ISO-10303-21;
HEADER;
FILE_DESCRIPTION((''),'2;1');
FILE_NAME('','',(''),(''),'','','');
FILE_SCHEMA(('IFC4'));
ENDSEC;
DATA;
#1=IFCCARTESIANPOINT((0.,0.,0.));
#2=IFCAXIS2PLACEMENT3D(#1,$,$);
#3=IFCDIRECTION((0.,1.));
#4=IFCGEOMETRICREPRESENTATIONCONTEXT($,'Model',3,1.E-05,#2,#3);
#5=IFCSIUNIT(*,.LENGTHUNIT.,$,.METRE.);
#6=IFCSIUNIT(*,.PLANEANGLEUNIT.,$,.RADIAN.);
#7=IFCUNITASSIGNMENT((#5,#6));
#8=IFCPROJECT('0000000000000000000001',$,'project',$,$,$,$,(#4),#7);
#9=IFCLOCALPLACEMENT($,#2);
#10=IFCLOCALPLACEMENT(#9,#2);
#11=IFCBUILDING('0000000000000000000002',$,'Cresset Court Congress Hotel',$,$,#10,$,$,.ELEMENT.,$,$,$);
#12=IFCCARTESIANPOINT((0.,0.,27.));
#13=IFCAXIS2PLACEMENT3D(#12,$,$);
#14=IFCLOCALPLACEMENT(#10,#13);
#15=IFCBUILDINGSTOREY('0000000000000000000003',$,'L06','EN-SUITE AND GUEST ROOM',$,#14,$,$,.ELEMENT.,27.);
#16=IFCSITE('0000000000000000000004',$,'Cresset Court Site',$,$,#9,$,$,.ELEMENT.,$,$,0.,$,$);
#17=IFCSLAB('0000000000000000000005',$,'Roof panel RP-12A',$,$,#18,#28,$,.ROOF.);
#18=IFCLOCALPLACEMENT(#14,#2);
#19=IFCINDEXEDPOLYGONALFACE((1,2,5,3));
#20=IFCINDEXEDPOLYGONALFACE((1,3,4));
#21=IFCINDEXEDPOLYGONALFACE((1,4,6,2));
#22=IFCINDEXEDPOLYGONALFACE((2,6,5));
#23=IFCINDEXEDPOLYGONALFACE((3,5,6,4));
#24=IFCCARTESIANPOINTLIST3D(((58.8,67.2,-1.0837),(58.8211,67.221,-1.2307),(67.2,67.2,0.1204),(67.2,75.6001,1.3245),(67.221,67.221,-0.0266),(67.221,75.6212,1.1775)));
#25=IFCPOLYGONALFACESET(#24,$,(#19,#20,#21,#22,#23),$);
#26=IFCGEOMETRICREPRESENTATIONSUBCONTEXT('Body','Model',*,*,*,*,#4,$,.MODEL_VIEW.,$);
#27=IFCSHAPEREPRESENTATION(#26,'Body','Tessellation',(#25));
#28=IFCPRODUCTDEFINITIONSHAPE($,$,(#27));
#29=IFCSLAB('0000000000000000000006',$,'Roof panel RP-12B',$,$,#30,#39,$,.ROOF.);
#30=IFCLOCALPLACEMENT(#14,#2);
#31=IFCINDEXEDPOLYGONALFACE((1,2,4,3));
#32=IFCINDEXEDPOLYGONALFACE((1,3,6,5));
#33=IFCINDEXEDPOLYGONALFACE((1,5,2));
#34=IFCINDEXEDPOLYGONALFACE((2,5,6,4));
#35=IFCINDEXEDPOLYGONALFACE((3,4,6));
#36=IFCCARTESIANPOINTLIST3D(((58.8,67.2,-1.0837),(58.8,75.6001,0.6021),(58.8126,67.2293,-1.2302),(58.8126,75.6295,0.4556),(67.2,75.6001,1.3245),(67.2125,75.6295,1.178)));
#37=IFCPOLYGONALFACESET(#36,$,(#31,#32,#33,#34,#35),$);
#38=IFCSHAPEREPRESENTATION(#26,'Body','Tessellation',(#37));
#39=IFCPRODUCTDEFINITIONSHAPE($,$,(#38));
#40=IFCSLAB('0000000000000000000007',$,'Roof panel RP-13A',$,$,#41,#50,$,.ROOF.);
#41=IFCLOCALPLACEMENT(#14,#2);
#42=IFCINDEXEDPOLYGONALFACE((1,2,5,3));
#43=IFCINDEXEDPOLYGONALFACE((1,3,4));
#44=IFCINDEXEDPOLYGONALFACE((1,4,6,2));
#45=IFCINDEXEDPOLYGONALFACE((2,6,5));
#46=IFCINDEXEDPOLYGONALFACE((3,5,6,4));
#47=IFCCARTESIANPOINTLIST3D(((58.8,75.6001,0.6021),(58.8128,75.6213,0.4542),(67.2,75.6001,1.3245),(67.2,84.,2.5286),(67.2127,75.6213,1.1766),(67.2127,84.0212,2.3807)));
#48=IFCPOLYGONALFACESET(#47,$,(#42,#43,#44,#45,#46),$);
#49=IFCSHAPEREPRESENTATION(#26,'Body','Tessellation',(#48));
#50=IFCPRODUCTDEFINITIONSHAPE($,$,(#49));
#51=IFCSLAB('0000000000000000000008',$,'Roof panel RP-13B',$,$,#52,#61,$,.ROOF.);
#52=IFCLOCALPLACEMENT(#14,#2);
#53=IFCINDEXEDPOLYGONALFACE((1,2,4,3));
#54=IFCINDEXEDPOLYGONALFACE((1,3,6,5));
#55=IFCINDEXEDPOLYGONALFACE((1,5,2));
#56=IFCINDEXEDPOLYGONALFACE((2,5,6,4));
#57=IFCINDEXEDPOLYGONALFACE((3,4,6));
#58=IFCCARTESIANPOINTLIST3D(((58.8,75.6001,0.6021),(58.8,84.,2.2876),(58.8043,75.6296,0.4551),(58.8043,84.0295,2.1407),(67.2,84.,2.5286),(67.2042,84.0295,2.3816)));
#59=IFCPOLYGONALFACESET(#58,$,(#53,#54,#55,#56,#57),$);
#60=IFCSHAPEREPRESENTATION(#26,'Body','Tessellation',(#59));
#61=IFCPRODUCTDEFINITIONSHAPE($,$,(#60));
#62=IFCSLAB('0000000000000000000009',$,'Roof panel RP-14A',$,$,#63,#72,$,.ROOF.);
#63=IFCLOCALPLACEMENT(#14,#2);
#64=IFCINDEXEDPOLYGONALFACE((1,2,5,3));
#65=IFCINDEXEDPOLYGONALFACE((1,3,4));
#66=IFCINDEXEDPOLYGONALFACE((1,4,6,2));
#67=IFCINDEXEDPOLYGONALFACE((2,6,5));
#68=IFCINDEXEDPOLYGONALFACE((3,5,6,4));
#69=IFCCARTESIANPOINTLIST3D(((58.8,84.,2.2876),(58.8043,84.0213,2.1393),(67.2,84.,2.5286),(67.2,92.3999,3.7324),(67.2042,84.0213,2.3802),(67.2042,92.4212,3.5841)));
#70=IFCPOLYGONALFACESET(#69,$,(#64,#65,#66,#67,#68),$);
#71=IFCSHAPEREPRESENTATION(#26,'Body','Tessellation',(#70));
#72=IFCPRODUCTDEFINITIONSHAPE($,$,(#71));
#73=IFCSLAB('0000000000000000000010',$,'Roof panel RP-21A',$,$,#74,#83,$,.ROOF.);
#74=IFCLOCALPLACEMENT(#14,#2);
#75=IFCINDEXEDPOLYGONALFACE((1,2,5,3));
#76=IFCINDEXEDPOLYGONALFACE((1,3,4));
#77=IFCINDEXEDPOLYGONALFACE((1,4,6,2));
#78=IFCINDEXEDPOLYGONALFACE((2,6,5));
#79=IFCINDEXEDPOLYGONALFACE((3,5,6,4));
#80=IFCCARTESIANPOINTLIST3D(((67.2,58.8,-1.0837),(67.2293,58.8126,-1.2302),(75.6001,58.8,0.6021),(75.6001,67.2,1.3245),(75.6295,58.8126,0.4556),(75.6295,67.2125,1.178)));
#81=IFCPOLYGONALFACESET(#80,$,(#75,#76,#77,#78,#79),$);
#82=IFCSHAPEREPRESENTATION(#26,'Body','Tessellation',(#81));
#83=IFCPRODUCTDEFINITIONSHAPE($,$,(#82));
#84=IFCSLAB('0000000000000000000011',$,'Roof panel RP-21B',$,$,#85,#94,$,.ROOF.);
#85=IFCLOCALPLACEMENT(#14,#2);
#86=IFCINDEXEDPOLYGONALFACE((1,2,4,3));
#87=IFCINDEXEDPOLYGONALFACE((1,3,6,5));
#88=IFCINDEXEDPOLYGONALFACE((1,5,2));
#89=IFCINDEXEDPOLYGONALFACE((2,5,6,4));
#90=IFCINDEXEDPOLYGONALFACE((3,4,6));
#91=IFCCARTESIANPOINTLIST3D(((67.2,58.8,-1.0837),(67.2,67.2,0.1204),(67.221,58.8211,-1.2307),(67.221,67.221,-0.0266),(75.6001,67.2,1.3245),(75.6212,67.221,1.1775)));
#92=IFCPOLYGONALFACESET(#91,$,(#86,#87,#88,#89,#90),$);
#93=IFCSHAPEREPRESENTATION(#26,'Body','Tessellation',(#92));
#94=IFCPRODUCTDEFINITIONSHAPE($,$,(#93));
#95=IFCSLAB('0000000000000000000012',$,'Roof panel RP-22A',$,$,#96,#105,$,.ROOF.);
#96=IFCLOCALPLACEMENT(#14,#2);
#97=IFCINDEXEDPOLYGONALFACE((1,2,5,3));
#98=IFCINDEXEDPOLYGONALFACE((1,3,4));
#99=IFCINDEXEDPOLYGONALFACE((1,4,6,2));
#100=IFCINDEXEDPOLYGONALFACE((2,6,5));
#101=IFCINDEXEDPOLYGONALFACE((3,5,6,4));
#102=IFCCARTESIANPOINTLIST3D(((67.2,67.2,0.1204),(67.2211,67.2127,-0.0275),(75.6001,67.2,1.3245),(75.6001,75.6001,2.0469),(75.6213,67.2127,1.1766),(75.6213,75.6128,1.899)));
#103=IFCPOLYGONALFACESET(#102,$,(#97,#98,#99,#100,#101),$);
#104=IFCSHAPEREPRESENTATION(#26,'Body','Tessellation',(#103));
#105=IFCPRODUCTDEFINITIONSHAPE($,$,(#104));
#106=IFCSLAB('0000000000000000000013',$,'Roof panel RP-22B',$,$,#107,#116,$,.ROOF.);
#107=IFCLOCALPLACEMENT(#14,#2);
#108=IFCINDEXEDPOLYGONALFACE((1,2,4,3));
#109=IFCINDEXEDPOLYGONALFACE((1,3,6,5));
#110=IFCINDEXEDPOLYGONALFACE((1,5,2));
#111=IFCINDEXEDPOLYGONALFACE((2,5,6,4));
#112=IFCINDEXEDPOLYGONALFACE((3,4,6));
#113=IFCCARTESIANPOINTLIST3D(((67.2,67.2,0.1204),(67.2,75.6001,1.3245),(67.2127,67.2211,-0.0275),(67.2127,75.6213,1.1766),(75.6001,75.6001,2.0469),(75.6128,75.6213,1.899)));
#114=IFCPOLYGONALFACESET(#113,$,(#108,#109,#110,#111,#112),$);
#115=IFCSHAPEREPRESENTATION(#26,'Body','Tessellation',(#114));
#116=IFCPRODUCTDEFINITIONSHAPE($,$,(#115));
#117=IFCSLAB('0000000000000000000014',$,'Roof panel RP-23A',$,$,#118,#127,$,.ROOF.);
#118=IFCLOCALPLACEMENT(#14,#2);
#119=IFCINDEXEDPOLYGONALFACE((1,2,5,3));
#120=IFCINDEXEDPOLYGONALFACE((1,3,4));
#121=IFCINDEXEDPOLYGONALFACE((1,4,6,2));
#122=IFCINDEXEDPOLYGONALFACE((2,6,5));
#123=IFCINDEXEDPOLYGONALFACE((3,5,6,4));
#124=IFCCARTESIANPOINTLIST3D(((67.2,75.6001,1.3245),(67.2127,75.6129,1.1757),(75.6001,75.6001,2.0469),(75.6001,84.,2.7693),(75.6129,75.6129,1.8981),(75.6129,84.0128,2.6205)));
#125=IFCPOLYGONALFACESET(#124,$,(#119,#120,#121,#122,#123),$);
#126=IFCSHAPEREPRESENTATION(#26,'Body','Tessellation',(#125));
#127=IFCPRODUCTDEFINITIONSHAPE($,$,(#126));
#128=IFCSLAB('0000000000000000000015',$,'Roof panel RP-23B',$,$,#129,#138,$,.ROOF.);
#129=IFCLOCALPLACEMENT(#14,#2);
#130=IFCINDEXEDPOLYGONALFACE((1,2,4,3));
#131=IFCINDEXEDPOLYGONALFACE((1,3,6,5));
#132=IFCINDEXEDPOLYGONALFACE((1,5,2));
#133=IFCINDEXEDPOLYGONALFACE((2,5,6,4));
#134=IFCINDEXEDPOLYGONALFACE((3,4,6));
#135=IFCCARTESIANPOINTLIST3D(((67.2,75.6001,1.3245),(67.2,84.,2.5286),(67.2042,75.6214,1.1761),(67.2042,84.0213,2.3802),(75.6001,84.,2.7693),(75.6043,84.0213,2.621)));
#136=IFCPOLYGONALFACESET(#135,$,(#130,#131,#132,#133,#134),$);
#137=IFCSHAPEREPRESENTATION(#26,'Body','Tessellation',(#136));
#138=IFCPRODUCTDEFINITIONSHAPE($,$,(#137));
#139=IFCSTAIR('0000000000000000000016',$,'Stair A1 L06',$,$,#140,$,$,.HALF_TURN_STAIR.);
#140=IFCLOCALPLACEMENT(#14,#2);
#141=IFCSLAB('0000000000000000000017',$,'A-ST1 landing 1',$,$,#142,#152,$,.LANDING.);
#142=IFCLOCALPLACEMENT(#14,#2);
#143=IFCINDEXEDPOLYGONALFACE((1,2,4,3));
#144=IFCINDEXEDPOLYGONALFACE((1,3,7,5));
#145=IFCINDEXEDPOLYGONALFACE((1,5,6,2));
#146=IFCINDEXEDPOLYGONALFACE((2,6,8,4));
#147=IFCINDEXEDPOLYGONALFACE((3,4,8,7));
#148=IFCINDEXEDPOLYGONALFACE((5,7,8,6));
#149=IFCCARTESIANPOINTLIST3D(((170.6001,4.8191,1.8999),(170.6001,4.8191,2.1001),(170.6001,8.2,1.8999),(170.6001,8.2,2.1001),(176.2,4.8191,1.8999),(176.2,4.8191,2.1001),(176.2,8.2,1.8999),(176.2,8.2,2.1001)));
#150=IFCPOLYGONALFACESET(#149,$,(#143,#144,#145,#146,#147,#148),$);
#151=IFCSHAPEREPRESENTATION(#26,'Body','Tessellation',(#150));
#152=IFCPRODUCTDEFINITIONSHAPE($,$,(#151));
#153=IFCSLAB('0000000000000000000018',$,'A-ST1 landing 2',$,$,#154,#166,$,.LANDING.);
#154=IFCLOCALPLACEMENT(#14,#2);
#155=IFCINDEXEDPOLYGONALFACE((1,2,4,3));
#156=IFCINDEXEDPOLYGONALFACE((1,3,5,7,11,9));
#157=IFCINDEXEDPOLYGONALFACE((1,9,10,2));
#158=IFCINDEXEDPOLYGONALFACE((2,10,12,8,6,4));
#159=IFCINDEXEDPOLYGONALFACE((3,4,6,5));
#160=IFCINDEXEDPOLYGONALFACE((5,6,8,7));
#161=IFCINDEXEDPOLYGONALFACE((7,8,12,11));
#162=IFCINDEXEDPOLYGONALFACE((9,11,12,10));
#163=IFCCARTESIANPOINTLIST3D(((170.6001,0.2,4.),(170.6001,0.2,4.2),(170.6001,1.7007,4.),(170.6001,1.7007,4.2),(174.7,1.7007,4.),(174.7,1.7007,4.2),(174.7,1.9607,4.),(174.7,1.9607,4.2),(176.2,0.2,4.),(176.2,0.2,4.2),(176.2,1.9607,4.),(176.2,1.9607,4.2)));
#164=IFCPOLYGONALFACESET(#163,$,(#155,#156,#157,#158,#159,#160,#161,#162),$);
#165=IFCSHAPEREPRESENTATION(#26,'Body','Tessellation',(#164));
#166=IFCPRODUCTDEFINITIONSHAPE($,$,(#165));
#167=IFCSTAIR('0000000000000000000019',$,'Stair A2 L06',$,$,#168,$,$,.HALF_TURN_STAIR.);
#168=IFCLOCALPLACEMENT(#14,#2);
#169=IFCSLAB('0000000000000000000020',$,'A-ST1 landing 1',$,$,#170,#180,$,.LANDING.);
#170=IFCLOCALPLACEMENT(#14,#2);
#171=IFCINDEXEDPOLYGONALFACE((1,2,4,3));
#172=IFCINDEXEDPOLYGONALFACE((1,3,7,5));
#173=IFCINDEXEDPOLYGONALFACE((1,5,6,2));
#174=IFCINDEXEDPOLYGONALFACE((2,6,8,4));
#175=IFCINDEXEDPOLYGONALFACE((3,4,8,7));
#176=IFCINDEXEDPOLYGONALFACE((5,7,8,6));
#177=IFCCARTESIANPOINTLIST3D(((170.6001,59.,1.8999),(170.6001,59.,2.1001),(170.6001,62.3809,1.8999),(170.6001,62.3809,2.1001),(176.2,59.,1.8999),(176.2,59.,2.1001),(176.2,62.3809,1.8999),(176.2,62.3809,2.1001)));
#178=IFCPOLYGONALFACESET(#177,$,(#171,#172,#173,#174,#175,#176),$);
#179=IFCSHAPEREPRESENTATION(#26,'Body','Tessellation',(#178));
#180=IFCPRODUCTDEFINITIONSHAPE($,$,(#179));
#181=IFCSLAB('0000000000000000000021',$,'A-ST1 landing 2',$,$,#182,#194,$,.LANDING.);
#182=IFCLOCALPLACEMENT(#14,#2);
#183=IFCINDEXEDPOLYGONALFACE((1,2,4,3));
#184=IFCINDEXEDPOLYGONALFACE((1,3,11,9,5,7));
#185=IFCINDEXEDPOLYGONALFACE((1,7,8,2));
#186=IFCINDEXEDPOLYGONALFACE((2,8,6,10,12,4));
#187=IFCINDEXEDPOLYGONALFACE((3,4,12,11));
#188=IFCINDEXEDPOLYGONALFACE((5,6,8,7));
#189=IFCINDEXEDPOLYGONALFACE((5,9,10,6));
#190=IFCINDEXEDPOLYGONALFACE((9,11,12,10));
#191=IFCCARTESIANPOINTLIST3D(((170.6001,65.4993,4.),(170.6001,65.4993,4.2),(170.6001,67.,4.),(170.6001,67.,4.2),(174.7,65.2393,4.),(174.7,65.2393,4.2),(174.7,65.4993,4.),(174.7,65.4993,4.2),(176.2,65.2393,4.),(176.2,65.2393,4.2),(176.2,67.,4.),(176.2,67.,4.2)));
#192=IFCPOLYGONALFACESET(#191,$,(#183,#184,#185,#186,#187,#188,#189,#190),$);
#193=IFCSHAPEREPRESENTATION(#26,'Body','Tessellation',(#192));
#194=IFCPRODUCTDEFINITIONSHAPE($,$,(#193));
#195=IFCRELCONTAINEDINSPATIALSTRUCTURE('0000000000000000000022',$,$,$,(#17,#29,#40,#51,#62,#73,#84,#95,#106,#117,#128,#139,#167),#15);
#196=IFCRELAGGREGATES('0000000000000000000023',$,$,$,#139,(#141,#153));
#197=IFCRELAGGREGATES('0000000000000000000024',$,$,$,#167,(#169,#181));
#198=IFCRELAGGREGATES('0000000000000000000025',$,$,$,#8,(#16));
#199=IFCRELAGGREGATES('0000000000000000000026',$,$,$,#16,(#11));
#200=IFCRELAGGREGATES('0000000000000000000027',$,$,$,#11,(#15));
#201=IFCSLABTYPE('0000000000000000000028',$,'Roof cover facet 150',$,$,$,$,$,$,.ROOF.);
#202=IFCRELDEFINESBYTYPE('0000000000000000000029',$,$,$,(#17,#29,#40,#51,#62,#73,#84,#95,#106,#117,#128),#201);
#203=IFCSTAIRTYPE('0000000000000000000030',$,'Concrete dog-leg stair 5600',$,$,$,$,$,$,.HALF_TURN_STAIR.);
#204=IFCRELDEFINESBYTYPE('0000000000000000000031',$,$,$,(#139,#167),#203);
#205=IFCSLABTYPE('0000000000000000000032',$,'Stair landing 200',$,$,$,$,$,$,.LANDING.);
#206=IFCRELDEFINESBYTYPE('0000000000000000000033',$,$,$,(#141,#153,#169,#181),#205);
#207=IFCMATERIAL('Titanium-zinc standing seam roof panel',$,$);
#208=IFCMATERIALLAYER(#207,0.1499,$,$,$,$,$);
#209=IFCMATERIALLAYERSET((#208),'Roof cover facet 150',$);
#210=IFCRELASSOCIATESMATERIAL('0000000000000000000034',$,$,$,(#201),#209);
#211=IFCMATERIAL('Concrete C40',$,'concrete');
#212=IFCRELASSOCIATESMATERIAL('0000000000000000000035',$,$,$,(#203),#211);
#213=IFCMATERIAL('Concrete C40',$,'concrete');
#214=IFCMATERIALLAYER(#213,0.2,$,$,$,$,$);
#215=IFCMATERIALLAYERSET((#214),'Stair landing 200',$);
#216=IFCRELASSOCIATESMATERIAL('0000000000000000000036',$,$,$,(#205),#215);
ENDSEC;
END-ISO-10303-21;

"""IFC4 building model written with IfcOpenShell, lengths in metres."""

from ifc_helpers import new_model, si_unit, direction, frame, origin, place, context, subcontext, project, spatial, polyline, outline, extrude, material, layer, layer_set, type_object, element, aggregate, save


model = new_model("IFC4")

# Units and contexts
model_context = context("Model", 3, precision=1e-05, world=origin(), true_north=direction((0.0, 1.0)))
body_context = subcontext(model_context, "Body", "Model", "MODEL_VIEW")
ifc_project = project(units=[si_unit("LENGTHUNIT", "METRE"), si_unit("PLANEANGLEUNIT", "RADIAN")], contexts=[model_context])

# Site, building, storey
site_placement = place(None, origin())
site = spatial("IfcSite", under=ifc_project, at=site_placement, Name="Cresset Court Site", CompositionType="ELEMENT", RefElevation=0.0)
building_placement = place(site_placement, origin())
building = spatial("IfcBuilding", under=site, at=building_placement, Name="Cresset Court Congress Hotel", CompositionType="ELEMENT")
storey_placement = place(building_placement, frame((0.0, 0.0, 27.0)))
storey = spatial("IfcBuildingStorey", under=building, at=storey_placement, Name="L06", Description="EN-SUITE AND GUEST ROOM", CompositionType="ELEMENT", Elevation=27.0)

# Slabs
ifc_material_1 = material(Name="Titanium-zinc standing seam roof panel")
ifc_layer_1 = layer(ifc_material_1, 0.1499)
ifc_layer_set_1 = layer_set([ifc_layer_1], Name="Roof cover facet 150")
slab_type_1 = type_object("IfcSlabType", Name="Roof cover facet 150", PredefinedType="ROOF", material=ifc_layer_set_1)
slab_1_placement = place(storey_placement, frame((58.8, 67.2, -1.0837), z_axis=(-0.140489, -0.140485, 0.980065), x_axis=(0.989881, 0.0, 0.141897)))
element("IfcSlab", 1, at=slab_1_placement, inside=storey, type_object=slab_type_1, Name="Roof panel RP-12A", PredefinedType="ROOF", context=body_context, shape_type="SweptSolid", body=[
    extrude(outline(polyline([(0.0, 0.0), (8.4858, 0.0), (8.6566, 8.4843), (0.0, 0.0)])), origin(), (0.0, 0.0, -1.0), 0.1499),
])
slab_2_placement = place(storey_placement, frame((58.8, 67.2, -1.0837), z_axis=(-0.084023, -0.196067, 0.976984), x_axis=(0.693, 0.69302, 0.198679)))
element("IfcSlab", 2, at=slab_2_placement, inside=storey, type_object=slab_type_1, Name="Roof panel RP-12B", PredefinedType="ROOF", context=body_context, shape_type="SweptSolid", body=[
    extrude(outline(polyline([(0.0, 0.0), (12.1211, 0.0), (6.1564, 5.9584), (0.0, 0.0)])), origin(), (0.0, 0.0, -1.0), 0.1499),
])
slab_3_placement = place(storey_placement, frame((58.8, 75.6001, 0.6021), z_axis=(-0.084825, -0.141385, 0.986314), x_axis=(0.996322, 0.0, 0.085686)))
element("IfcSlab", 3, at=slab_3_placement, inside=storey, type_object=slab_type_1, Name="Roof panel RP-13A", PredefinedType="ROOF", context=body_context, shape_type="SweptSolid", body=[
    extrude(outline(polyline([(0.0, 0.0), (8.4309, 0.0), (8.5341, 8.4851), (0.0, 0.0)])), origin(), (0.0, 0.0, -1.0), 0.1499),
])
slab_4_placement = place(storey_placement, frame((58.8, 75.6001, 0.6021), z_axis=(-0.028115, -0.196663, 0.980068), x_axis=(0.697988, 0.697988, 0.160083)))
element("IfcSlab", 4, at=slab_4_placement, inside=storey, type_object=slab_type_1, Name="Roof panel RP-13B", PredefinedType="ROOF", context=body_context, shape_type="SweptSolid", body=[
    extrude(outline(polyline([(0.0, 0.0), (12.0345, 0.0), (6.1329, 5.9823), (0.0, 0.0)])), origin(), (0.0, 0.0, -1.0), 0.1499),
])
slab_5_placement = place(storey_placement, frame((58.8, 84.0, 2.2876), z_axis=(-0.028385, -0.141811, 0.989487), x_axis=(0.999589, 0.0, 0.028675)))
element("IfcSlab", 5, at=slab_5_placement, inside=storey, type_object=slab_type_1, Name="Roof panel RP-14A", PredefinedType="ROOF", context=body_context, shape_type="SweptSolid", body=[
    extrude(outline(polyline([(0.0, 0.0), (8.4034, 0.0), (8.4379, 8.4857), (0.0, 0.0)])), origin(), (0.0, 0.0, -1.0), 0.1499),
])
slab_6_placement = place(storey_placement, frame((67.2, 58.8, -1.0837), z_axis=(-0.196067, -0.084023, 0.976984), x_axis=(0.980451, 0.0, 0.196763)))
element("IfcSlab", 6, at=slab_6_placement, inside=storey, type_object=slab_type_1, Name="Roof panel RP-21A", PredefinedType="ROOF", context=body_context, shape_type="SweptSolid", body=[
    extrude(outline(polyline([(0.0, 0.0), (8.5676, 0.0), (8.7098, 8.4297), (0.0, 0.0)])), origin(), (0.0, 0.0, -1.0), 0.1499),
])
slab_7_placement = place(storey_placement, frame((67.2, 58.8, -1.0837), z_axis=(-0.140485, -0.140489, 0.980065), x_axis=(0.69302, 0.693, 0.198679)))
element("IfcSlab", 7, at=slab_7_placement, inside=storey, type_object=slab_type_1, Name="Roof panel RP-21B", PredefinedType="ROOF", context=body_context, shape_type="SweptSolid", body=[
    extrude(outline(polyline([(0.0, 0.0), (12.1211, 0.0), (6.0604, 5.9397), (0.0, 0.0)])), origin(), (0.0, 0.0, -1.0), 0.1499),
])
slab_8_placement = place(storey_placement, frame((67.2, 67.2, 0.1204), z_axis=(-0.141381, -0.084823, 0.986315), x_axis=(0.989882, 0.0, 0.141893)))
element("IfcSlab", 8, at=slab_8_placement, inside=storey, type_object=slab_type_1, Name="Roof panel RP-22A", PredefinedType="ROOF", context=body_context, shape_type="SweptSolid", body=[
    extrude(outline(polyline([(0.0, 0.0), (8.486, 0.0), (8.5885, 8.4305), (0.0, 0.0)])), origin(), (0.0, 0.0, -1.0), 0.1499),
])
slab_9_placement = place(storey_placement, frame((67.2, 67.2, 0.1204), z_axis=(-0.084823, -0.141381, 0.986315), x_axis=(0.697988, 0.697988, 0.160079)))
element("IfcSlab", 9, at=slab_9_placement, inside=storey, type_object=slab_type_1, Name="Roof panel RP-22B", PredefinedType="ROOF", context=body_context, shape_type="SweptSolid", body=[
    extrude(outline(polyline([(0.0, 0.0), (12.0348, 0.0), (6.056, 5.9446), (0.0, 0.0)])), origin(), (0.0, 0.0, -1.0), 0.1499),
])
slab_10_placement = place(storey_placement, frame((67.2, 75.6001, 1.3245), z_axis=(-0.085371, -0.085373, 0.992685), x_axis=(0.996322, 0.0, 0.085684)))
element("IfcSlab", 10, at=slab_10_placement, inside=storey, type_object=slab_type_1, Name="Roof panel RP-23A", PredefinedType="ROOF", context=body_context, shape_type="SweptSolid", body=[
    extrude(outline(polyline([(0.0, 0.0), (8.4312, 0.0), (8.4931, 8.4307), (0.0, 0.0)])), origin(), (0.0, 0.0, -1.0), 0.1499),
])
slab_11_placement = place(storey_placement, frame((67.2, 75.6001, 1.3245), z_axis=(-0.028356, -0.14184, 0.989483), x_axis=(0.701944, 0.701924, 0.120734)))
element("IfcSlab", 11, at=slab_11_placement, inside=storey, type_object=slab_type_1, Name="Roof panel RP-23B", PredefinedType="ROOF", context=body_context, shape_type="SweptSolid", body=[
    extrude(outline(polyline([(0.0, 0.0), (11.967, 0.0), (6.0415, 5.9589), (0.0, 0.0)])), origin(), (0.0, 0.0, -1.0), 0.1499),
])

# Stairs, slabs
ifc_material_2 = material(Name="Concrete C40", Category="concrete")
stair_type = type_object("IfcStairType", Name="Concrete dog-leg stair 5600", PredefinedType="HALF_TURN_STAIR", material=ifc_material_2)
stair_1_placement = place(storey_placement, origin())
stair_1 = element("IfcStair", 12, at=stair_1_placement, inside=storey, type_object=stair_type, Name="Stair A1 L06", PredefinedType="HALF_TURN_STAIR")
ifc_material_3 = material(Name="Concrete C40", Category="concrete")
ifc_layer_2 = layer(ifc_material_3, 0.2)
ifc_layer_set_2 = layer_set([ifc_layer_2], Name="Stair landing 200")
slab_type_2 = type_object("IfcSlabType", Name="Stair landing 200", PredefinedType="LANDING", material=ifc_layer_set_2)
slab_12_placement = place(storey_placement, frame((0.0, 0.0, 1.8999)))
slab_12 = element("IfcSlab", 13, at=slab_12_placement, type_object=slab_type_2, Name="A-ST1 landing 1", PredefinedType="LANDING", context=body_context, shape_type="SweptSolid", body=[
    extrude(outline(polyline([(170.6001, 4.8191), (176.2, 4.8191), (176.2, 8.2), (170.6001, 8.2), (170.6001, 4.8191)])), origin(), (0.0, 0.0, 1.0), 0.2002),
])
slab_13_placement = place(storey_placement, frame((0.0, 0.0, 4.0)))
slab_13 = element("IfcSlab", 14, at=slab_13_placement, type_object=slab_type_2, Name="A-ST1 landing 2", PredefinedType="LANDING", context=body_context, shape_type="SweptSolid", body=[
    extrude(outline(polyline([(170.6001, 0.2), (176.2, 0.2), (176.2, 1.9607), (174.7, 1.9607), (174.7, 1.7007), (170.6001, 1.7007), (170.6001, 0.2)])), origin(), (0.0, 0.0, 1.0), 0.2),
])
aggregate(stair_1, [slab_12, slab_13])
stair_2_placement = place(storey_placement, origin())
stair_2 = element("IfcStair", 15, at=stair_2_placement, inside=storey, type_object=stair_type, Name="Stair A2 L06", PredefinedType="HALF_TURN_STAIR")
slab_14_placement = place(storey_placement, frame((0.0, 0.0, 1.8999)))
slab_14 = element("IfcSlab", 16, at=slab_14_placement, type_object=slab_type_2, Name="A-ST1 landing 1", PredefinedType="LANDING", context=body_context, shape_type="SweptSolid", body=[
    extrude(outline(polyline([(170.6001, 62.3809), (176.2, 62.3809), (176.2, 59.0), (170.6001, 59.0), (170.6001, 62.3809)])), origin(), (0.0, 0.0, 1.0), 0.2002),
])
slab_15_placement = place(storey_placement, frame((0.0, 0.0, 4.0)))
slab_15 = element("IfcSlab", 17, at=slab_15_placement, type_object=slab_type_2, Name="A-ST1 landing 2", PredefinedType="LANDING", context=body_context, shape_type="SweptSolid", body=[
    extrude(outline(polyline([(170.6001, 67.0), (176.2, 67.0), (176.2, 65.2393), (174.7, 65.2393), (174.7, 65.4993), (170.6001, 65.4993), (170.6001, 67.0)])), origin(), (0.0, 0.0, 1.0), 0.2),
])
aggregate(stair_2, [slab_14, slab_15])

save(model, "model.ifc")
